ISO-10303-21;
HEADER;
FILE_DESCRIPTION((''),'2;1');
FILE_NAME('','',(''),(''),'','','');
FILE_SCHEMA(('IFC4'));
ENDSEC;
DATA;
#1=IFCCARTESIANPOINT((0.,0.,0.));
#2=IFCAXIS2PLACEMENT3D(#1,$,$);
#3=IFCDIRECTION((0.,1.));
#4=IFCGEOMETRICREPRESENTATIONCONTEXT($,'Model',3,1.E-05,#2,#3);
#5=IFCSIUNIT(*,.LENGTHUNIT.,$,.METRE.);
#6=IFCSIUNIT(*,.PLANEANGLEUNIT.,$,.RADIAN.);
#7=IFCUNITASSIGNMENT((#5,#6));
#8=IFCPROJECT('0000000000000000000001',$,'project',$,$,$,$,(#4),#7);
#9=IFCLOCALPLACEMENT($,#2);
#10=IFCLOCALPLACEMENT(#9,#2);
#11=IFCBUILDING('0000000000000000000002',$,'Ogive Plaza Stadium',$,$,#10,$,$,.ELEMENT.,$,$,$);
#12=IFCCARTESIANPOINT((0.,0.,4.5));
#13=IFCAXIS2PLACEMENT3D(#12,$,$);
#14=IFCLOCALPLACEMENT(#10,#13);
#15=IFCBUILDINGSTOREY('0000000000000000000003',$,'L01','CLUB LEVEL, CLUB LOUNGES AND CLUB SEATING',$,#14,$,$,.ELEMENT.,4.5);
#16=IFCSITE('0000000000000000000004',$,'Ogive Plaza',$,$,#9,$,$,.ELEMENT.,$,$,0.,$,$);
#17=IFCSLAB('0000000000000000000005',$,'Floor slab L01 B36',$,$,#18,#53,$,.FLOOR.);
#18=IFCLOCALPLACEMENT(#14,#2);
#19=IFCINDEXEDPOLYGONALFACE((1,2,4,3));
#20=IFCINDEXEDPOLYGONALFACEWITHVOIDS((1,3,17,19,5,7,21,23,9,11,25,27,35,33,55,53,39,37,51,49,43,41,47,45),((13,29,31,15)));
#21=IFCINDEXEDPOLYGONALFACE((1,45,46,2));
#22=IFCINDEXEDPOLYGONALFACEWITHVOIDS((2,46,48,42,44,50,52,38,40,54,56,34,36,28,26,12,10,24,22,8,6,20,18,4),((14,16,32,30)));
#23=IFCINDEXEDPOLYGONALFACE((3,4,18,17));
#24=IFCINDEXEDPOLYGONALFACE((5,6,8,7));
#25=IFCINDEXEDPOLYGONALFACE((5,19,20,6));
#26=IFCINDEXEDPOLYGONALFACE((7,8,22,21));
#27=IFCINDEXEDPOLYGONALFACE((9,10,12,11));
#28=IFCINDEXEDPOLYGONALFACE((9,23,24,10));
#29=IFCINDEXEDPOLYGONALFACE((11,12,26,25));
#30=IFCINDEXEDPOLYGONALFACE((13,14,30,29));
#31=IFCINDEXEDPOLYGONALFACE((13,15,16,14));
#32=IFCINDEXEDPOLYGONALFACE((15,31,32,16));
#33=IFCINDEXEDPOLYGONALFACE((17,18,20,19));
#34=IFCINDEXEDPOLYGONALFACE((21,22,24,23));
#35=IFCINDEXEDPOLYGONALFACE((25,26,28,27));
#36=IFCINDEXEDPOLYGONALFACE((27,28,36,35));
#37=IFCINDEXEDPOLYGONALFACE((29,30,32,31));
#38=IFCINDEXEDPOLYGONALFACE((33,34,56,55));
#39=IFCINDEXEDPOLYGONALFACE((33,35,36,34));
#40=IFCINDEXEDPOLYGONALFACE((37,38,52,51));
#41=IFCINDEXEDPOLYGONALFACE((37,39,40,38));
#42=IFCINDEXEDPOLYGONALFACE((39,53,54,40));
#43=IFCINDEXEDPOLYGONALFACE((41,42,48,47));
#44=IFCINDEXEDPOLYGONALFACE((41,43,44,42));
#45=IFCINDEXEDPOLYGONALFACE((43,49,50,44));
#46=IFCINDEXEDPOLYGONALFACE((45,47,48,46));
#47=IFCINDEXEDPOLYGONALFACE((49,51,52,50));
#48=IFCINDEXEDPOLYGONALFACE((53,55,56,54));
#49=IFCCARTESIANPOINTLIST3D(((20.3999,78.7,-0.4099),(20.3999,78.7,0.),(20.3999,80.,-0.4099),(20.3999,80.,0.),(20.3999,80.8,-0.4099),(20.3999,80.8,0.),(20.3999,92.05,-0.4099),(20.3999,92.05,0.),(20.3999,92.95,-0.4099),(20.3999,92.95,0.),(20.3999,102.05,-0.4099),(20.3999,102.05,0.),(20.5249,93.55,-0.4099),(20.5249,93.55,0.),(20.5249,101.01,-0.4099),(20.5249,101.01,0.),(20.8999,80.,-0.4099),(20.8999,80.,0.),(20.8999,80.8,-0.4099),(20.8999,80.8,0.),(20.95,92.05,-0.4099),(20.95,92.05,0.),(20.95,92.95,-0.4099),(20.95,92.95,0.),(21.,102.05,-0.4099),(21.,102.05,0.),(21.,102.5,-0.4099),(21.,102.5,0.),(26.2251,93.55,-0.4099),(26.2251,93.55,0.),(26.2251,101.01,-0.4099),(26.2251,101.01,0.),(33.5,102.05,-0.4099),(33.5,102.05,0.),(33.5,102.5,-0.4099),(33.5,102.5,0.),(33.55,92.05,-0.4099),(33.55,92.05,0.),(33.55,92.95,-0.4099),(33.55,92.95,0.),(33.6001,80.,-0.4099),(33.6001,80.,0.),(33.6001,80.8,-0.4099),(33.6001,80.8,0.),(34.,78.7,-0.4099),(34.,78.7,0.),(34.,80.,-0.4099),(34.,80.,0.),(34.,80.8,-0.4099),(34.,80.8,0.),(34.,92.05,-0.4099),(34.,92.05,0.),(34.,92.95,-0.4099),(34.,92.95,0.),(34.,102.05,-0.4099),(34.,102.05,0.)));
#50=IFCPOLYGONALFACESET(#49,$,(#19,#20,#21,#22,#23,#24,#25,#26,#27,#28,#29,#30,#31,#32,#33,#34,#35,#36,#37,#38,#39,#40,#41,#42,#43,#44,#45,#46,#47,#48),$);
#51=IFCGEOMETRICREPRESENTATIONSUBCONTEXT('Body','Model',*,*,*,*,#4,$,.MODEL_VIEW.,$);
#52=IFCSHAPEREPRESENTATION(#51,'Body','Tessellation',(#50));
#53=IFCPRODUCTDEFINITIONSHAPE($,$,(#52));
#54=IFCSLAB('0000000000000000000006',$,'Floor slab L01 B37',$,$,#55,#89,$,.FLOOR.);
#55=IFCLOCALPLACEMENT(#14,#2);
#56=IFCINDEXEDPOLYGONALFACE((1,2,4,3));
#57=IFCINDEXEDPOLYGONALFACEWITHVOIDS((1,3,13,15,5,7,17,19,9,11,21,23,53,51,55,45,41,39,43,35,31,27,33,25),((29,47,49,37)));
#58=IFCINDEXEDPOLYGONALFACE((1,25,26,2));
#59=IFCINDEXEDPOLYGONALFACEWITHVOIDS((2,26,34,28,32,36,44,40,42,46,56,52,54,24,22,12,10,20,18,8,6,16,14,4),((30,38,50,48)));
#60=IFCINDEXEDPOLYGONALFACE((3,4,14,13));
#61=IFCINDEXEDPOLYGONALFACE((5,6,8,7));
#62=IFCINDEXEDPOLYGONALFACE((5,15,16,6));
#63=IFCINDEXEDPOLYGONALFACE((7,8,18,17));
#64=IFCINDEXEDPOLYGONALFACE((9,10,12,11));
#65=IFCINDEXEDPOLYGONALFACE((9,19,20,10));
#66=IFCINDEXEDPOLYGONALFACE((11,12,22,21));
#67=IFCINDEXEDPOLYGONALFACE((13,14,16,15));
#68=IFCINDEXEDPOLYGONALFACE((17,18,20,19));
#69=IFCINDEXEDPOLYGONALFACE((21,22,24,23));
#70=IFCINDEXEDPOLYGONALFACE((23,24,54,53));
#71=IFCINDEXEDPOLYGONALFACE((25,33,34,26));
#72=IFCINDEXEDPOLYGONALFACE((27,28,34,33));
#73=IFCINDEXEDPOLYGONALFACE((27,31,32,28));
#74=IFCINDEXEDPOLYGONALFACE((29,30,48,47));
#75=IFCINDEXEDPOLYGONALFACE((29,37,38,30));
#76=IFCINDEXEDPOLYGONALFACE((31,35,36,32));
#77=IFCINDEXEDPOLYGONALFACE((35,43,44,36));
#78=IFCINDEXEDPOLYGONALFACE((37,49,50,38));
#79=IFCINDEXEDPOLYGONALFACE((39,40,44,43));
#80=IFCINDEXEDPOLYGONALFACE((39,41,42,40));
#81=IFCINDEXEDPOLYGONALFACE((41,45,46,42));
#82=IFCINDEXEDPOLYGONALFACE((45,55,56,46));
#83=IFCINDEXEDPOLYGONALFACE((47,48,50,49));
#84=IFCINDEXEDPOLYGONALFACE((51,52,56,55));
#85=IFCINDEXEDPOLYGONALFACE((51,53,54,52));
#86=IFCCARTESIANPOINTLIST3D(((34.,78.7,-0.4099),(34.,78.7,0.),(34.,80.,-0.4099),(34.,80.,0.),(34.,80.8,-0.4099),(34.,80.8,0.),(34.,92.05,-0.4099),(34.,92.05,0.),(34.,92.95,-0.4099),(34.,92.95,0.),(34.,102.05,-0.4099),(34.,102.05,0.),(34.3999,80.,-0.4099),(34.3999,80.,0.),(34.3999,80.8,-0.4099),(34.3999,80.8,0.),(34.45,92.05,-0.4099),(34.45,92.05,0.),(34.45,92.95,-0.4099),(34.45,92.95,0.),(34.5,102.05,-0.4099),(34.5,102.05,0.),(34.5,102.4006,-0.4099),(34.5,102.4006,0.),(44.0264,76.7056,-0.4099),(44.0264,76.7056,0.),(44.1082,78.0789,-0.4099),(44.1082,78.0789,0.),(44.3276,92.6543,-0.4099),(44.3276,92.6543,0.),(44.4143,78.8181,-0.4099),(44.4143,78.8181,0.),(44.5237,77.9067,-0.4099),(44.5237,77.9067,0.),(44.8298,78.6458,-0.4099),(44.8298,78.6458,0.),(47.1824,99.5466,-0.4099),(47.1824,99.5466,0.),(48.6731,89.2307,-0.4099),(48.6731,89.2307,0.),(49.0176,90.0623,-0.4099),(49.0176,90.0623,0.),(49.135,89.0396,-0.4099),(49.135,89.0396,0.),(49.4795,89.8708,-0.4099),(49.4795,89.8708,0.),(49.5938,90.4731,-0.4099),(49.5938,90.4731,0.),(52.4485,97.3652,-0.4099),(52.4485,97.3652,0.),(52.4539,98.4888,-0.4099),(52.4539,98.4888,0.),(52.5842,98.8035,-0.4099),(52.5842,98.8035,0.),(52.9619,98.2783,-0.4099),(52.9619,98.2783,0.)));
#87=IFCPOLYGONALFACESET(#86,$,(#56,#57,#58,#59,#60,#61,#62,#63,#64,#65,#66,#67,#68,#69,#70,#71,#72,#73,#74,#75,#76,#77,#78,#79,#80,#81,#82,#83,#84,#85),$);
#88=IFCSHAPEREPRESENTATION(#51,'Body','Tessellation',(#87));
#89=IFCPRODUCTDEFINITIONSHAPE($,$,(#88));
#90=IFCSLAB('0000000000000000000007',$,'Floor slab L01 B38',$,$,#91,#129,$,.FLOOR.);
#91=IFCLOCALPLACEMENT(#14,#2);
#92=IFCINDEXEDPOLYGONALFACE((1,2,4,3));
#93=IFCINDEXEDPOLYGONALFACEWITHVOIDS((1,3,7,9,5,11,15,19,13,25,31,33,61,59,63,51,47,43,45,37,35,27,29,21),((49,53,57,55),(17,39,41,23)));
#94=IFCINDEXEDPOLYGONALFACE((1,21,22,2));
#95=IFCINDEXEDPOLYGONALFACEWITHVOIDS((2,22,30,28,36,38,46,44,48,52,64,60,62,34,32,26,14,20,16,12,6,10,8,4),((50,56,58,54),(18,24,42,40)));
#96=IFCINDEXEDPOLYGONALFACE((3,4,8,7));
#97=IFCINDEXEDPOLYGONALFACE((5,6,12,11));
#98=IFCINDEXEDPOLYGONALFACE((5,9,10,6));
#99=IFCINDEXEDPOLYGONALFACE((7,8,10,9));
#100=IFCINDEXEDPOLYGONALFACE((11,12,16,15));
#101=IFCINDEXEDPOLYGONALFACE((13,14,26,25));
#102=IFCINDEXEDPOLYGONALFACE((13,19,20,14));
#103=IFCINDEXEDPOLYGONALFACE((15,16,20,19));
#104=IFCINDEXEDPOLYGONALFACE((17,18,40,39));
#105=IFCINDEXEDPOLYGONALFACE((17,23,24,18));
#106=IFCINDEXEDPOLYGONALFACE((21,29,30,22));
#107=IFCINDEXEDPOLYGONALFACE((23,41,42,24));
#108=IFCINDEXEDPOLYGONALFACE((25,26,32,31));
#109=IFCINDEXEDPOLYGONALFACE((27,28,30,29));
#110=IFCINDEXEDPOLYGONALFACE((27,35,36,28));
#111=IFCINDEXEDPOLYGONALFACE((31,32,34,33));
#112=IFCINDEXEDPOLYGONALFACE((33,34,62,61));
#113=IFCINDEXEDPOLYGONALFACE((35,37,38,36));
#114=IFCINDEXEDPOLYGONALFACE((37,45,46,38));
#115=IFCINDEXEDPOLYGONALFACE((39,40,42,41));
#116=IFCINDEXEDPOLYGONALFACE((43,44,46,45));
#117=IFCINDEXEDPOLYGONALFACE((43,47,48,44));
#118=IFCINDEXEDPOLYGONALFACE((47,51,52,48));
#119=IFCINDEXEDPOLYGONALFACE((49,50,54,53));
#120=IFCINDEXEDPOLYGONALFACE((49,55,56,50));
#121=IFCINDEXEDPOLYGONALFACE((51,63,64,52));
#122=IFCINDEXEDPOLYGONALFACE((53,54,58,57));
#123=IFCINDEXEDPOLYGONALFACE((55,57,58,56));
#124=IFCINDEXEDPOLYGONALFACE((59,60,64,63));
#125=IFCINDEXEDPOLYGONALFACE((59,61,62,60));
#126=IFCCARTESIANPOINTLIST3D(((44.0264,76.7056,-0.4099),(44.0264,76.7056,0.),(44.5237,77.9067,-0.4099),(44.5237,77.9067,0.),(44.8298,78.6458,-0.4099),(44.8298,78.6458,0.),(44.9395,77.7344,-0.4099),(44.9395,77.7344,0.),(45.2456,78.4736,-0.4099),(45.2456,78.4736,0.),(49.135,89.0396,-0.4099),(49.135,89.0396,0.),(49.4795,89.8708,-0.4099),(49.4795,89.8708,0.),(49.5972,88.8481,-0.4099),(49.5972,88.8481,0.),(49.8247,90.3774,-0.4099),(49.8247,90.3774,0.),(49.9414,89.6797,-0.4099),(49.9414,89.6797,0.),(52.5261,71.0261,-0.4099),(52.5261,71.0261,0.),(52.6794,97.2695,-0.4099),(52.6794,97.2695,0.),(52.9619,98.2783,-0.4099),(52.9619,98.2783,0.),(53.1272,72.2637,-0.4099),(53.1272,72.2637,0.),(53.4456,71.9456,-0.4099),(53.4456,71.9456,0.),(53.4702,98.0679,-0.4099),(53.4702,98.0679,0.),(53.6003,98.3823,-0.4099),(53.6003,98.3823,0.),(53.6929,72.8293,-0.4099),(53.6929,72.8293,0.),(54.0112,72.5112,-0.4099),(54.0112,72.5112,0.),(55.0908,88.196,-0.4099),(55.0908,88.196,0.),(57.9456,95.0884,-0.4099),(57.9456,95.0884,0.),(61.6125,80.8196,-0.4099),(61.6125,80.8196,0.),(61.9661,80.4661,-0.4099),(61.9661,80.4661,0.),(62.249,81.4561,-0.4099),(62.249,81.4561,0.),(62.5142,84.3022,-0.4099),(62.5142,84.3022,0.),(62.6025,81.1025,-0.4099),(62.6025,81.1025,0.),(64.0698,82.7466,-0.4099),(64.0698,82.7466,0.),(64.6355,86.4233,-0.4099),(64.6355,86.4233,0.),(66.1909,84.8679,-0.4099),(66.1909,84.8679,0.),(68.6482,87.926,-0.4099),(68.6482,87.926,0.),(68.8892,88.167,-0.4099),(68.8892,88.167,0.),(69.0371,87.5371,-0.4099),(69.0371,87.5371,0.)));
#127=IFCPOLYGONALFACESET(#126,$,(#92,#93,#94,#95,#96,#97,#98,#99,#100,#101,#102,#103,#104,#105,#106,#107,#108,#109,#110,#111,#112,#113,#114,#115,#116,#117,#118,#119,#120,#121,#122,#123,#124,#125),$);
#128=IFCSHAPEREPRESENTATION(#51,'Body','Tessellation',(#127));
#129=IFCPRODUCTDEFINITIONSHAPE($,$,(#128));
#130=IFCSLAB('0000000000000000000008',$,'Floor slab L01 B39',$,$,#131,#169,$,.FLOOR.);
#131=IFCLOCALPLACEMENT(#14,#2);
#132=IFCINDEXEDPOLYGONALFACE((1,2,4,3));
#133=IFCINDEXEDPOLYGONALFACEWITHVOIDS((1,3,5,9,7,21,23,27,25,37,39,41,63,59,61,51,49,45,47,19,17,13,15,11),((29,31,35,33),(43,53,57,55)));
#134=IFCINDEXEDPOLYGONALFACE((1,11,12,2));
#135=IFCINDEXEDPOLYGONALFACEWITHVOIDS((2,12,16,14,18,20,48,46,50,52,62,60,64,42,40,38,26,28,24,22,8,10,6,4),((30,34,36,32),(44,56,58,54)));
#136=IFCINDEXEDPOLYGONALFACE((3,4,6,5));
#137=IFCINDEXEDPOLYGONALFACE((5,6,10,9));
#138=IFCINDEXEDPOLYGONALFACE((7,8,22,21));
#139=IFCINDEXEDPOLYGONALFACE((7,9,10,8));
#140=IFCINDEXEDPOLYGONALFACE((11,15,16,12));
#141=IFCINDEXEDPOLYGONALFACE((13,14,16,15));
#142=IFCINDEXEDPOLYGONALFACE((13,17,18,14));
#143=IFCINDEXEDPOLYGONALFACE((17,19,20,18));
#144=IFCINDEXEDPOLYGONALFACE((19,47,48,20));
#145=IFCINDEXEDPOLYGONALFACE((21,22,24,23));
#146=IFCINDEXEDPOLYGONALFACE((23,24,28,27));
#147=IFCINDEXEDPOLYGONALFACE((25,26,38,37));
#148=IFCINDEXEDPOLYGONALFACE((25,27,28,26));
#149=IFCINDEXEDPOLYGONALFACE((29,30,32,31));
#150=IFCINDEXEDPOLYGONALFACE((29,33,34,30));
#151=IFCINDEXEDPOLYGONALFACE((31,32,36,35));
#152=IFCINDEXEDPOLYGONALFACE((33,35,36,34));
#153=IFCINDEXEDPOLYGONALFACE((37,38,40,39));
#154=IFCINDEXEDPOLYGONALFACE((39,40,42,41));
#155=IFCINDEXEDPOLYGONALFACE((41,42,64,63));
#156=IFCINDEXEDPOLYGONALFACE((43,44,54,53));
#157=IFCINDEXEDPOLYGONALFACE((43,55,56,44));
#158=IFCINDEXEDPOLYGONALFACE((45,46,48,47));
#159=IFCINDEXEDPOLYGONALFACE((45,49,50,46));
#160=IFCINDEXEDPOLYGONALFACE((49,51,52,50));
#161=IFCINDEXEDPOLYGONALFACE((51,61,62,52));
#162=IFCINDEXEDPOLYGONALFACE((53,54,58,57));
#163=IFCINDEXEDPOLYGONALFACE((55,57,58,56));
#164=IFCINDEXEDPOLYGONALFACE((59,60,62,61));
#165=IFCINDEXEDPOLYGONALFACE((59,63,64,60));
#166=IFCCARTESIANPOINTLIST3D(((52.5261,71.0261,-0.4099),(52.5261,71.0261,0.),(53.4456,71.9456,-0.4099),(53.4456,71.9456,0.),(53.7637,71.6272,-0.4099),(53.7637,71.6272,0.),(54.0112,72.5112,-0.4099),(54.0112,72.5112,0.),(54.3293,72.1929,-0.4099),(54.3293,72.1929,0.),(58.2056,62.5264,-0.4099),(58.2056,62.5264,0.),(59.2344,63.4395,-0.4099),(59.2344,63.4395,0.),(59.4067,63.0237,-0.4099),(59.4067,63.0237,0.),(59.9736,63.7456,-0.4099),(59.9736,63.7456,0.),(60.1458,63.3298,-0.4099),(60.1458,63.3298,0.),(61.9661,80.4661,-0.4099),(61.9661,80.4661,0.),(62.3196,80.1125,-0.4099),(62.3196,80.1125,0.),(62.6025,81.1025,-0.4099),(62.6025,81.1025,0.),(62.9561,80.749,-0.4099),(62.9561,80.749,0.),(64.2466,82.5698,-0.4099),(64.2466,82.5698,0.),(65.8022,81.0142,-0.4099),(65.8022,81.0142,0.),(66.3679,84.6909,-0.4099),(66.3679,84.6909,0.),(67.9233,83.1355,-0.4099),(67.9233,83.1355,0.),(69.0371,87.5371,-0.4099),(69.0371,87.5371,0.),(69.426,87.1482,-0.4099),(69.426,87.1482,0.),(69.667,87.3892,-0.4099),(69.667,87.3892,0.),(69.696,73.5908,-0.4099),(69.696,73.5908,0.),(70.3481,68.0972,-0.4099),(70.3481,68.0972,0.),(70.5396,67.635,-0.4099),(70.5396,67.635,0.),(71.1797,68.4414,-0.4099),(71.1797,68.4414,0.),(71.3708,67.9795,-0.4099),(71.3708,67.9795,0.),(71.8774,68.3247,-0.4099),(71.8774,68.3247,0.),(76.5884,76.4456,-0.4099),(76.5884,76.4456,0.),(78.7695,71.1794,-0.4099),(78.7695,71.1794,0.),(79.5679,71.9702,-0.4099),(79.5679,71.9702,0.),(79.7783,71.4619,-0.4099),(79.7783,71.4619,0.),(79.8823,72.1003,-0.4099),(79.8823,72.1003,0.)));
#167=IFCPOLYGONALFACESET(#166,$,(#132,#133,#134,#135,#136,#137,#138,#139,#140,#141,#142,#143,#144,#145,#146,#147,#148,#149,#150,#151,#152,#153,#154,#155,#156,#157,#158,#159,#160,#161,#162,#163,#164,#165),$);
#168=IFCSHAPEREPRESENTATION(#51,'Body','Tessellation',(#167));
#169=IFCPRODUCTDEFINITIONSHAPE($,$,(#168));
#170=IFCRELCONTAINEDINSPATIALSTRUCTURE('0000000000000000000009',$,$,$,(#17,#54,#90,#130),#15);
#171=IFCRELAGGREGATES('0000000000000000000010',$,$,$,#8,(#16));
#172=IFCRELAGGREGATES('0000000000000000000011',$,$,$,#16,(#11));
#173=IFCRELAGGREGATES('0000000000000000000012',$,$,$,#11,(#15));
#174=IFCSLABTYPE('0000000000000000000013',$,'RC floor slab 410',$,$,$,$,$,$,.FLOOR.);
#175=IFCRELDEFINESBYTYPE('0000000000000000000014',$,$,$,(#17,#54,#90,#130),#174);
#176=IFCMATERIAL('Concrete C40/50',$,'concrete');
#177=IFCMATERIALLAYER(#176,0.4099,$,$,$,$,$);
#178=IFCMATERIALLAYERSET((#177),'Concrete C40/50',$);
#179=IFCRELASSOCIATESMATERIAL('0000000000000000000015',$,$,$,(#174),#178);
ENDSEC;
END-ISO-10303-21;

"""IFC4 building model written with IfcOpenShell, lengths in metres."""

from ifc_helpers import new_model, si_unit, direction, frame, origin, place, context, subcontext, project, spatial, polyline, outline, extrude, material, layer, layer_set, type_object, element, save


model = new_model("IFC4")

# Units and contexts
model_context = context("Model", 3, precision=1e-05, world=origin(), true_north=direction((0.0, 1.0)))
body_context = subcontext(model_context, "Body", "Model", "MODEL_VIEW")
ifc_project = project(units=[si_unit("LENGTHUNIT", "METRE"), si_unit("PLANEANGLEUNIT", "RADIAN")], contexts=[model_context])

# Site, building, storey
site_placement = place(None, origin())
site = spatial("IfcSite", under=ifc_project, at=site_placement, Name="Ogive Plaza", CompositionType="ELEMENT", RefElevation=0.0)
building_placement = place(site_placement, origin())
building = spatial("IfcBuilding", under=site, at=building_placement, Name="Ogive Plaza Stadium", CompositionType="ELEMENT")
storey_placement = place(building_placement, frame((0.0, 0.0, 4.5)))
storey = spatial("IfcBuildingStorey", under=building, at=storey_placement, Name="L01", Description="CLUB LEVEL, CLUB LOUNGES AND CLUB SEATING", CompositionType="ELEMENT", Elevation=4.5)

# Slabs
ifc_material = material(Name="Concrete C40/50", Category="concrete")
ifc_layer = layer(ifc_material, 0.4099)
ifc_layer_set = layer_set([ifc_layer], Name="Concrete C40/50")
slab_type = type_object("IfcSlabType", Name="RC floor slab 410", PredefinedType="FLOOR", material=ifc_layer_set)
slab_1_placement = place(storey_placement, frame((0.0, 0.0, -0.4099)))
element("IfcSlab", 1, at=slab_1_placement, inside=storey, type_object=slab_type, Name="Floor slab L01 B36", PredefinedType="FLOOR", context=body_context, shape_type="SweptSolid", body=[
    extrude(outline(polyline([(34.0, 80.0), (33.6001, 80.0), (33.6001, 80.8), (34.0, 80.8), (34.0, 92.05), (33.55, 92.05), (33.55, 92.95), (34.0, 92.95), (34.0, 102.05), (33.5, 102.05), (33.5, 102.5), (21.0, 102.5), (21.0, 102.05), (20.3999, 102.05), (20.3999, 92.95), (20.95, 92.95), (20.95, 92.05), (20.3999, 92.05), (20.3999, 80.8), (20.8999, 80.8), (20.8999, 80.0), (20.3999, 80.0), (20.3999, 78.7), (34.0, 78.7), (34.0, 80.0)]), holes=[polyline([(20.5249, 93.55), (26.2251, 93.55), (26.2251, 101.01), (20.5249, 101.01), (20.5249, 93.55)])]), origin(), (0.0, 0.0, 1.0), 0.4099),
])
slab_2_placement = place(storey_placement, frame((0.0, 0.0, -0.4099)))
element("IfcSlab", 2, at=slab_2_placement, inside=storey, type_object=slab_type, Name="Floor slab L01 B37", PredefinedType="FLOOR", context=body_context, shape_type="SweptSolid", body=[
    extrude(outline(polyline([(44.5237, 77.9067), (44.1082, 78.0789), (44.4143, 78.8181), (44.8298, 78.6458), (49.135, 89.0396), (48.6731, 89.2307), (49.0176, 90.0623), (49.4795, 89.8708), (52.9619, 98.2783), (52.4539, 98.4888), (52.5842, 98.8035), (34.5, 102.4006), (34.5, 102.05), (34.0, 102.05), (34.0, 92.95), (34.45, 92.95), (34.45, 92.05), (34.0, 92.05), (34.0, 80.8), (34.3999, 80.8), (34.3999, 80.0), (34.0, 80.0), (34.0, 78.7), (44.0264, 76.7056), (44.5237, 77.9067)]), holes=[polyline([(44.3276, 92.6543), (49.5938, 90.4731), (52.4485, 97.3652), (47.1824, 99.5466), (44.3276, 92.6543)])]), origin(), (0.0, 0.0, 1.0), 0.4099),
])
slab_3_placement = place(storey_placement, frame((0.0, 0.0, -0.4099)))
element("IfcSlab", 3, at=slab_3_placement, inside=storey, type_object=slab_type, Name="Floor slab L01 B38", PredefinedType="FLOOR", context=body_context, shape_type="SweptSolid", body=[
    extrude(outline(polyline([(53.4456, 71.9456), (53.1272, 72.2637), (53.6929, 72.8293), (54.0112, 72.5112), (61.9661, 80.4661), (61.6125, 80.8196), (62.249, 81.4561), (62.6025, 81.1025), (69.0371, 87.5371), (68.6482, 87.926), (68.8892, 88.167), (53.6003, 98.3823), (53.4702, 98.0679), (52.9619, 98.2783), (49.4795, 89.8708), (49.9414, 89.6797), (49.5972, 88.8481), (49.135, 89.0396), (44.8298, 78.6458), (45.2456, 78.4736), (44.9395, 77.7344), (44.5237, 77.9067), (44.0264, 76.7056), (52.5261, 71.0261), (53.4456, 71.9456)]), holes=[polyline([(62.5142, 84.3022), (64.0698, 82.7466), (66.1909, 84.8679), (64.6355, 86.4233), (62.5142, 84.3022)]), polyline([(49.8247, 90.3774), (55.0908, 88.196), (57.9456, 95.0884), (52.6794, 97.2695), (49.8247, 90.3774)])]), origin(), (0.0, 0.0, 1.0), 0.4099),
])
slab_4_placement = place(storey_placement, frame((0.0, 0.0, -0.4099)))
element("IfcSlab", 4, at=slab_4_placement, inside=storey, type_object=slab_type, Name="Floor slab L01 B39", PredefinedType="FLOOR", context=body_context, shape_type="SweptSolid", body=[
    extrude(outline(polyline([(59.4067, 63.0237), (59.2344, 63.4395), (59.9736, 63.7456), (60.1458, 63.3298), (70.5396, 67.635), (70.3481, 68.0972), (71.1797, 68.4414), (71.3708, 67.9795), (79.7783, 71.4619), (79.5679, 71.9702), (79.8823, 72.1003), (69.667, 87.3892), (69.426, 87.1482), (69.0371, 87.5371), (62.6025, 81.1025), (62.9561, 80.749), (62.3196, 80.1125), (61.9661, 80.4661), (54.0112, 72.5112), (54.3293, 72.1929), (53.7637, 71.6272), (53.4456, 71.9456), (52.5261, 71.0261), (58.2056, 62.5264), (59.4067, 63.0237)]), holes=[polyline([(69.696, 73.5908), (71.8774, 68.3247), (78.7695, 71.1794), (76.5884, 76.4456), (69.696, 73.5908)]), polyline([(64.2466, 82.5698), (65.8022, 81.0142), (67.9233, 83.1355), (66.3679, 84.6909), (64.2466, 82.5698)])]), origin(), (0.0, 0.0, 1.0), 0.4099),
])

save(model, "model.ifc")
